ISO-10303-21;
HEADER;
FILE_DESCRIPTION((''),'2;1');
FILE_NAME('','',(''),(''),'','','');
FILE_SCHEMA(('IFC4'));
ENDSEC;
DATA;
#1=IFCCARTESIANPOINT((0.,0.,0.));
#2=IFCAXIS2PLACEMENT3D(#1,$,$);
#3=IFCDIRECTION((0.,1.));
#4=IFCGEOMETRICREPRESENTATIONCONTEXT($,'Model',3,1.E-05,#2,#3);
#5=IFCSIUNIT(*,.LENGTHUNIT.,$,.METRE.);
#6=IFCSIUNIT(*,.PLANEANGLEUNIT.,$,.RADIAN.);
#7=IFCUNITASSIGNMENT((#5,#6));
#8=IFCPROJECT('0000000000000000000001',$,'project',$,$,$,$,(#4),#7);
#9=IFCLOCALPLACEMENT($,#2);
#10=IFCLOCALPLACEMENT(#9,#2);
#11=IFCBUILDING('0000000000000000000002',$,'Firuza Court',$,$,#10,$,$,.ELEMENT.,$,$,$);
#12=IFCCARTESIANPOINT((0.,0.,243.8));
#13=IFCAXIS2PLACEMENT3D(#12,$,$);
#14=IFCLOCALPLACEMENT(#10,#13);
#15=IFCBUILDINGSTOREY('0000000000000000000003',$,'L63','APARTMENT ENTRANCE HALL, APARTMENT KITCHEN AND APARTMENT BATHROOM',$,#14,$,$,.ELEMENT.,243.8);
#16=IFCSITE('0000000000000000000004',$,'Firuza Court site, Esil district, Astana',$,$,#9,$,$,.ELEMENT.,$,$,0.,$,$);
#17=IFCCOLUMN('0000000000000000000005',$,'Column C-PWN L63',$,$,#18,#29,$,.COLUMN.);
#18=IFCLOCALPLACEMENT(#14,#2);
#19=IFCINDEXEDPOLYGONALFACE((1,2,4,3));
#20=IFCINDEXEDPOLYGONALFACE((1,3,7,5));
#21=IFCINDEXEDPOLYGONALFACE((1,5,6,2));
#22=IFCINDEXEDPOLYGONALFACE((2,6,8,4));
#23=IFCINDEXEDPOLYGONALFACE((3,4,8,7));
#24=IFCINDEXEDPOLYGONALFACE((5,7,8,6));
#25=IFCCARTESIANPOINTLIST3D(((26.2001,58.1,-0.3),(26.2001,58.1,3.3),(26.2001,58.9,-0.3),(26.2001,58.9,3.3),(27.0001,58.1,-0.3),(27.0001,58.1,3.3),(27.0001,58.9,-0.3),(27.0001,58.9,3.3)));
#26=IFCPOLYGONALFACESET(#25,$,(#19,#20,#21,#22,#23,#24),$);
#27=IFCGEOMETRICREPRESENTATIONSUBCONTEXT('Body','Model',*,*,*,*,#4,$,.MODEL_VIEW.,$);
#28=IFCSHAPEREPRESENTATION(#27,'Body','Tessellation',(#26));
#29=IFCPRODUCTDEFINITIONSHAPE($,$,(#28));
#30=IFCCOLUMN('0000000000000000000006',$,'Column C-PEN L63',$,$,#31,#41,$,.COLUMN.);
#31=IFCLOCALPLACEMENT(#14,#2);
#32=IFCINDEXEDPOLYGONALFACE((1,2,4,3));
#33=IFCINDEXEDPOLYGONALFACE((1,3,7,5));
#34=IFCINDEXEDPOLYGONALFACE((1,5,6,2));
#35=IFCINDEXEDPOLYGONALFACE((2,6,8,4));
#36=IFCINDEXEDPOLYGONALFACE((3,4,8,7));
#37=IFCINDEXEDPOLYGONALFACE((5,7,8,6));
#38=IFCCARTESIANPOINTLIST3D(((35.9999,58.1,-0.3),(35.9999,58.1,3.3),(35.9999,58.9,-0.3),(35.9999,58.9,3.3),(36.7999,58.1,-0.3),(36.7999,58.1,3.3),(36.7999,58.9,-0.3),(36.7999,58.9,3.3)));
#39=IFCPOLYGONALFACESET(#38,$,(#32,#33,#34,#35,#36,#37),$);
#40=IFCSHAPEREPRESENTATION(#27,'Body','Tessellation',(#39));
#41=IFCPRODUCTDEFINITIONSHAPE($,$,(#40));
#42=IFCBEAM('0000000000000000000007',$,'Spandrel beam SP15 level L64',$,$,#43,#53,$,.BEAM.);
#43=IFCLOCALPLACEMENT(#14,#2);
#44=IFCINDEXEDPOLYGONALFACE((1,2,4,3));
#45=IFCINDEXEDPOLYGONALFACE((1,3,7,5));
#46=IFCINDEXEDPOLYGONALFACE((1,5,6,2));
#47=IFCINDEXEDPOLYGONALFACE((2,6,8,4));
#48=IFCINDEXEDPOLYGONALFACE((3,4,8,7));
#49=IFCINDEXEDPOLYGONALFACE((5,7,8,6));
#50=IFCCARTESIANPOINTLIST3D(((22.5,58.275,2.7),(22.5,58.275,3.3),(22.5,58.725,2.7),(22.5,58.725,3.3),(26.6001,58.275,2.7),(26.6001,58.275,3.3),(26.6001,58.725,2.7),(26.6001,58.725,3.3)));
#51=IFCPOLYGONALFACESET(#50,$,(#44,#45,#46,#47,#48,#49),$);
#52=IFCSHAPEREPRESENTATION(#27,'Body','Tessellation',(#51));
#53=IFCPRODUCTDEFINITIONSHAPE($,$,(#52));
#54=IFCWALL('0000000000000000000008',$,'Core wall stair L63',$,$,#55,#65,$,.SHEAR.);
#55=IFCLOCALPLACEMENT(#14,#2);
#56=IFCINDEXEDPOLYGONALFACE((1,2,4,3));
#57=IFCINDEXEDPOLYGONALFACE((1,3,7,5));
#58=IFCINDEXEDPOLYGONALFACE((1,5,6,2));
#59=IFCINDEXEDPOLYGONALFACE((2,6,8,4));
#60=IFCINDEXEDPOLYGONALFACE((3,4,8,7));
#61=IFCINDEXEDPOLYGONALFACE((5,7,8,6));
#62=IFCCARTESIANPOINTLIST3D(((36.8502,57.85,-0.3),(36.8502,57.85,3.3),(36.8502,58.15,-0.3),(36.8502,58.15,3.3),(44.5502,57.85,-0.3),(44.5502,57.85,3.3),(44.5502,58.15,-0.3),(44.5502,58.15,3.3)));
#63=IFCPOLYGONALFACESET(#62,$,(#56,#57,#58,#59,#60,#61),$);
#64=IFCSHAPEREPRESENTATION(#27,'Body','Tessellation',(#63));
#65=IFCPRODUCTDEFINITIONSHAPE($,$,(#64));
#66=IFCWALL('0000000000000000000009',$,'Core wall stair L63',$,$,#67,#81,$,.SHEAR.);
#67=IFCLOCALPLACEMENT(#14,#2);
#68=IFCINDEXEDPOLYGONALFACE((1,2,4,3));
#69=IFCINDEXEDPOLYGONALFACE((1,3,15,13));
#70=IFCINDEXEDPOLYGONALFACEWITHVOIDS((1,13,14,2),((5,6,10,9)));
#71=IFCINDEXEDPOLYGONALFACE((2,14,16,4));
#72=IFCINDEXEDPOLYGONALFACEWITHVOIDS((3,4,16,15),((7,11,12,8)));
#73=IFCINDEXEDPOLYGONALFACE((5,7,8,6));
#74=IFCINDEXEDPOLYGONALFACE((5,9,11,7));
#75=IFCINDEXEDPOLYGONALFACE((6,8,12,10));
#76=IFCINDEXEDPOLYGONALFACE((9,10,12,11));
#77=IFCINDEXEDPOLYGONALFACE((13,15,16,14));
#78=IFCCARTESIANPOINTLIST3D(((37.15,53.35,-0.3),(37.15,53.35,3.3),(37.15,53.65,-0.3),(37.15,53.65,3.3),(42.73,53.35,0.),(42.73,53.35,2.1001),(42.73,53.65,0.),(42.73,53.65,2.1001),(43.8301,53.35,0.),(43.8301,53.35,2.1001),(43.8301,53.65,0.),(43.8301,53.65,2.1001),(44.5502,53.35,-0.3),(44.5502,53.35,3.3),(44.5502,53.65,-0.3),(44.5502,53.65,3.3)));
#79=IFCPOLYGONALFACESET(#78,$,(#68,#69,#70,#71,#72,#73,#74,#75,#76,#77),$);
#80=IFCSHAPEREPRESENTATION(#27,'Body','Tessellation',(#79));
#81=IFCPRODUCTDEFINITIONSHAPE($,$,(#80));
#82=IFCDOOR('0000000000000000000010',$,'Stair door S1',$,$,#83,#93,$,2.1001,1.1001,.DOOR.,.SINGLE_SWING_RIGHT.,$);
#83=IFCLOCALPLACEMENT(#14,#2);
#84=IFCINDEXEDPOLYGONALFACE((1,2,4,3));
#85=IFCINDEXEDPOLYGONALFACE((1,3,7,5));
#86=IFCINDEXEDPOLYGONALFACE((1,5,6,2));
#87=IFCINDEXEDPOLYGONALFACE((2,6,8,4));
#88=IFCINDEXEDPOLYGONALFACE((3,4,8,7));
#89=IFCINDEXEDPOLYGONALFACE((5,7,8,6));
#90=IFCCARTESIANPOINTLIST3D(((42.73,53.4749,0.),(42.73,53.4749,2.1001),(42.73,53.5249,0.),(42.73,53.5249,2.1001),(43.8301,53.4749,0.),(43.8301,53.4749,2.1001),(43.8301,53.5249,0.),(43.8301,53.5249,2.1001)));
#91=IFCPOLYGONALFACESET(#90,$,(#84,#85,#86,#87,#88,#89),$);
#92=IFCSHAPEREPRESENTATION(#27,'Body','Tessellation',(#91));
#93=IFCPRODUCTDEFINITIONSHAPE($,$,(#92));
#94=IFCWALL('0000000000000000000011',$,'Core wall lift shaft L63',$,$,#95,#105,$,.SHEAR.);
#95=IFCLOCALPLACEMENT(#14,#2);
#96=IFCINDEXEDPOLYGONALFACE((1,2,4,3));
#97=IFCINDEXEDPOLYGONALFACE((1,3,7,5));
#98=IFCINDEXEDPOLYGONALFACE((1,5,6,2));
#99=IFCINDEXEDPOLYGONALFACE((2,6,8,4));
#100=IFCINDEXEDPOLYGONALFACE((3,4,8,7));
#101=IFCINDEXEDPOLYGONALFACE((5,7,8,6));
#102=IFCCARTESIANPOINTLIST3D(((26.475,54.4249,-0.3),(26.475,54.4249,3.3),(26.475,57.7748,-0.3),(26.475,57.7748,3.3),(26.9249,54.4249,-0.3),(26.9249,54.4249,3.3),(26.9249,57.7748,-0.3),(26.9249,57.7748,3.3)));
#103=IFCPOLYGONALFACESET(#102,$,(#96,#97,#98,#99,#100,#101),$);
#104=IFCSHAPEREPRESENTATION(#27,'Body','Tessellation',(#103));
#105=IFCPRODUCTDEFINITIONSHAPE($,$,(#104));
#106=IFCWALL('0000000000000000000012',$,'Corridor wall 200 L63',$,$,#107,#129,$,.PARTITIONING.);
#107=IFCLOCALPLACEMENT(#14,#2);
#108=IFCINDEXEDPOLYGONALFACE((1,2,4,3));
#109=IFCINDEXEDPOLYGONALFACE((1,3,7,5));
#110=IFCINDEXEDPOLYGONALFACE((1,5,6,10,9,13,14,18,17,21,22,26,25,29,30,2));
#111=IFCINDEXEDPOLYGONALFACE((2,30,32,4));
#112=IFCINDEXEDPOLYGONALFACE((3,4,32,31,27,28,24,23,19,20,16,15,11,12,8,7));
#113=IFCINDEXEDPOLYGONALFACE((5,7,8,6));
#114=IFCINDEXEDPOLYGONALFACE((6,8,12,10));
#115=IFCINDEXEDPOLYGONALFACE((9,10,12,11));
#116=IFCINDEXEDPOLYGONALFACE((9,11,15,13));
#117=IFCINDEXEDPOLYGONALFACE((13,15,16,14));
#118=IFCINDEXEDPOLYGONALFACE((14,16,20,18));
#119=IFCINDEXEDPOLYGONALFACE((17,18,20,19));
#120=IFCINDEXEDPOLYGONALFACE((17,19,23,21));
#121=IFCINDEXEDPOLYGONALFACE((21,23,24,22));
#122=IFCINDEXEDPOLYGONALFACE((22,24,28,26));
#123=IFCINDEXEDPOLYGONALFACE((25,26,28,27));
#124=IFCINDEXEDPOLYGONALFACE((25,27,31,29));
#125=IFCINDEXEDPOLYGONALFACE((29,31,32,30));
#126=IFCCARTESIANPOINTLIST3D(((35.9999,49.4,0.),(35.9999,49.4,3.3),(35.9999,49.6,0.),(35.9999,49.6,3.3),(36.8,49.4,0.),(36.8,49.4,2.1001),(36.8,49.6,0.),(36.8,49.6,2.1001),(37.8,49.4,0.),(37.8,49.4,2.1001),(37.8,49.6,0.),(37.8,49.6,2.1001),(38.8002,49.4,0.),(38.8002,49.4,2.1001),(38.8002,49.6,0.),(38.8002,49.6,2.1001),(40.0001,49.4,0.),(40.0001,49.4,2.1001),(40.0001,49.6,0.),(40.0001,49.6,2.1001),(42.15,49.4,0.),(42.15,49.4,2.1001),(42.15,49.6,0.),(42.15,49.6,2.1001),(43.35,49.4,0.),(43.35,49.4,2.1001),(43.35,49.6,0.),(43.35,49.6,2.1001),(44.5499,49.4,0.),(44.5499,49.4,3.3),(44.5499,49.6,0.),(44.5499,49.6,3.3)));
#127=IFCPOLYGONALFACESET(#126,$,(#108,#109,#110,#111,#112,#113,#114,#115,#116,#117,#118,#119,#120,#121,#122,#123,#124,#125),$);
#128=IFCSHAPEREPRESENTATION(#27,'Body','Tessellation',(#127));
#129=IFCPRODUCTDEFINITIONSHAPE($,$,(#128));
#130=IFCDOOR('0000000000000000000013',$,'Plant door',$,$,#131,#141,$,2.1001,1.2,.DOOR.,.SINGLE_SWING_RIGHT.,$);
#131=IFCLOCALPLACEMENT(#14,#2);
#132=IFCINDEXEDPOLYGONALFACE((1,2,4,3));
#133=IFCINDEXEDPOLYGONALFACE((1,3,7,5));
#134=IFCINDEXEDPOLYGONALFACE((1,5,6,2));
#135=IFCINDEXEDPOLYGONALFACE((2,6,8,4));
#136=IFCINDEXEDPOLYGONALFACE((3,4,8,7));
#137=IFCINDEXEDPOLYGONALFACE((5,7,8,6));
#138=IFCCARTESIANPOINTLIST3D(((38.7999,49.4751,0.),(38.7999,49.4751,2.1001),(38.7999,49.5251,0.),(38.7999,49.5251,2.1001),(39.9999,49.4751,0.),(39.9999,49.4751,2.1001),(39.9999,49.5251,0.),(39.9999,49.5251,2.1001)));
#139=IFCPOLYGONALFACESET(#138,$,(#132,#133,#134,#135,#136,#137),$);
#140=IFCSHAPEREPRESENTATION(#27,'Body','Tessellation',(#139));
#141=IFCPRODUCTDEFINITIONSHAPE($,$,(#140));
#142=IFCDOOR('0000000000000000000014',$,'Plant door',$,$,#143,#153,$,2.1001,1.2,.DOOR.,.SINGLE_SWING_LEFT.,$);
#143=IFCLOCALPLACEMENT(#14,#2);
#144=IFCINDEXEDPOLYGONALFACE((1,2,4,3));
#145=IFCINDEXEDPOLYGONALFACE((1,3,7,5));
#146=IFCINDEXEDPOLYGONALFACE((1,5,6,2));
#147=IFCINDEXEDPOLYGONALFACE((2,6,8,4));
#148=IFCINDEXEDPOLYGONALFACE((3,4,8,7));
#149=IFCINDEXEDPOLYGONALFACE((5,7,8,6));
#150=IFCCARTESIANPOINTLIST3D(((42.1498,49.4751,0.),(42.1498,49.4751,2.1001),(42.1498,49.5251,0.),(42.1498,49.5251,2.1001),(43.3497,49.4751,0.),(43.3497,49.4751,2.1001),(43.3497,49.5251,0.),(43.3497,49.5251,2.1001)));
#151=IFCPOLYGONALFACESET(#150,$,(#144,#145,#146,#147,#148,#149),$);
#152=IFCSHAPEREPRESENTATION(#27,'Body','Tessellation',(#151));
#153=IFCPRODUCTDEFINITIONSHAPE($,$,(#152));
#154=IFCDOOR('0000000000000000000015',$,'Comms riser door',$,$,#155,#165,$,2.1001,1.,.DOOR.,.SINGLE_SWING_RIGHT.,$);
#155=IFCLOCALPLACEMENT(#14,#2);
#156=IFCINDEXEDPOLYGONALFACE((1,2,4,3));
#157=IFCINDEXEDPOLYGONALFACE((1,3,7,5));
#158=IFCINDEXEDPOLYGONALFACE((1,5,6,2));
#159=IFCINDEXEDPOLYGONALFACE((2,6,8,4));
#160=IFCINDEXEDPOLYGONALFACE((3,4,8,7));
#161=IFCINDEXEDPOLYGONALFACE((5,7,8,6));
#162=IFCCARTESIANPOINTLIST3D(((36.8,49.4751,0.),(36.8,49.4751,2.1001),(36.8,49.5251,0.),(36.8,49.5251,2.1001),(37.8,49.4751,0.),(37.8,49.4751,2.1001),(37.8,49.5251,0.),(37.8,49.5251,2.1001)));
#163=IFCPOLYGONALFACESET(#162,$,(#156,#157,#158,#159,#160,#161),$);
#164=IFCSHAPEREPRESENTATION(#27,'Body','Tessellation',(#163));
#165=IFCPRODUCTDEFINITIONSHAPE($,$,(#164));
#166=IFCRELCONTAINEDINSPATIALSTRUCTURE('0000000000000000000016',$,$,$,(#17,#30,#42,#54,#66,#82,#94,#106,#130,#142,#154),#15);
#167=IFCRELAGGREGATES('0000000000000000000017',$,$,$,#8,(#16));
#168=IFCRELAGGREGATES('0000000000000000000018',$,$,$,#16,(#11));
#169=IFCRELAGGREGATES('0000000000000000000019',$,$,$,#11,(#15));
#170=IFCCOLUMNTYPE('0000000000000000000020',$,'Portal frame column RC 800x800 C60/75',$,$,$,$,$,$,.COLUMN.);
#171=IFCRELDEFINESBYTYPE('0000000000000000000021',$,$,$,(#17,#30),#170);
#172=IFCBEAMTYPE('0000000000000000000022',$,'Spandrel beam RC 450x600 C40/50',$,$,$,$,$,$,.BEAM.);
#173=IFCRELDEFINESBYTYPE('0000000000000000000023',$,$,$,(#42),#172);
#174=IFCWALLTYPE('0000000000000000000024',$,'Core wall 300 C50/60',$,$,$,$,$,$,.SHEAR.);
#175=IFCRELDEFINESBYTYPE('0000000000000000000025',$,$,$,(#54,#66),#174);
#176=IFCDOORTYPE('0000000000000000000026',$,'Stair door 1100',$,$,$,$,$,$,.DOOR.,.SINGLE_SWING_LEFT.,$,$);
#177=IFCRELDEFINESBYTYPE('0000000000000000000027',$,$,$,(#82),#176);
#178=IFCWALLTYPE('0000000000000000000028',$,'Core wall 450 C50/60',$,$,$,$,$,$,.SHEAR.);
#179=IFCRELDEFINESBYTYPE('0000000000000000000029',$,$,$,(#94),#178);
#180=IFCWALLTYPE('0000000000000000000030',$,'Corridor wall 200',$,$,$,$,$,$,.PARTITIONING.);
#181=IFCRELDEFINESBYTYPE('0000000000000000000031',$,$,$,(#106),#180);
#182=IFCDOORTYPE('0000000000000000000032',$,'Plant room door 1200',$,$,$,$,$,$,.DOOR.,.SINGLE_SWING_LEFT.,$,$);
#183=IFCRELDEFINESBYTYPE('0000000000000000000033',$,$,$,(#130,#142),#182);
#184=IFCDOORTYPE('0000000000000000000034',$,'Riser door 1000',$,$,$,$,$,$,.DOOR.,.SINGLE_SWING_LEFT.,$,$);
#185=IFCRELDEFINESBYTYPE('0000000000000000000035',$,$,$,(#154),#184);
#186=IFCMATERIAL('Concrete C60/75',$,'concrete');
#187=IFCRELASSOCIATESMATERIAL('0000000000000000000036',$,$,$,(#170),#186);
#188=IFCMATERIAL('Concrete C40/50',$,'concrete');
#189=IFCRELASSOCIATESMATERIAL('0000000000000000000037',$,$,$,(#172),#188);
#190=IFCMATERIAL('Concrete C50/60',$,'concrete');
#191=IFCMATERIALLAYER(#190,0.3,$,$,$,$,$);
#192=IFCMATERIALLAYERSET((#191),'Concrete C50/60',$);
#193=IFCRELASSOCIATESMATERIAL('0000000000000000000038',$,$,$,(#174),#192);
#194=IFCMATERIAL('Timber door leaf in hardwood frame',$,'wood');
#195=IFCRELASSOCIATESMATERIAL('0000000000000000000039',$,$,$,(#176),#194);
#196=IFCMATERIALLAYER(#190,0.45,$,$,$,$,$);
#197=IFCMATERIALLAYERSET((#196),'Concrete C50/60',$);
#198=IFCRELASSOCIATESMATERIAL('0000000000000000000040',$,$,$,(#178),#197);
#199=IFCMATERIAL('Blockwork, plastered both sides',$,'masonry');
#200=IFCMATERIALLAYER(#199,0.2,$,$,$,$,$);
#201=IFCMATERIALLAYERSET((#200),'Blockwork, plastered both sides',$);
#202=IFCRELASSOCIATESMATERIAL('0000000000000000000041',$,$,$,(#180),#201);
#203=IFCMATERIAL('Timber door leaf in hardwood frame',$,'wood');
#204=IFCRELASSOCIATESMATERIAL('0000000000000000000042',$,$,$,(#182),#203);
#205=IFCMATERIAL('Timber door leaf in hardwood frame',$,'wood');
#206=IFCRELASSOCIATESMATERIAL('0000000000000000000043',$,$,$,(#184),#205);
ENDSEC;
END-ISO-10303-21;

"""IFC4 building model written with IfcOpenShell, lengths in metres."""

from ifc_helpers import new_model, si_unit, direction, frame, frame_2d, origin, origin_2d, place, context, subcontext, project, spatial, rectangle, extrude, material, layer, layer_set, material_profile, profile_set, type_object, element, fill, save


model = new_model("IFC4")

# Units and contexts
model_context = context("Model", 3, precision=1e-05, world=origin(), true_north=direction((0.0, 1.0)))
body_context = subcontext(model_context, "Body", "Model", "MODEL_VIEW")
ifc_project = project(units=[si_unit("LENGTHUNIT", "METRE"), si_unit("PLANEANGLEUNIT", "RADIAN")], contexts=[model_context])

# Site, building, storey
site_placement = place(None, origin())
site = spatial("IfcSite", under=ifc_project, at=site_placement, Name="Firuza Court site, Esil district, Astana", CompositionType="ELEMENT", RefElevation=0.0)
building_placement = place(site_placement, origin())
building = spatial("IfcBuilding", under=site, at=building_placement, Name="Firuza Court", CompositionType="ELEMENT")
storey_placement = place(building_placement, frame((0.0, 0.0, 243.8)))
storey = spatial("IfcBuildingStorey", under=building, at=storey_placement, Name="L63", Description="APARTMENT ENTRANCE HALL, APARTMENT KITCHEN AND APARTMENT BATHROOM", CompositionType="ELEMENT", Elevation=243.8)

# Columns
ifc_material_1 = material(Name="Concrete C60/75", Category="concrete")
ifc_material_profile_1 = material_profile(ifc_material_1, rectangle(XDim=0.8, YDim=0.8, at=origin_2d()), Name="RC 800x800")
ifc_profile_set_1 = profile_set([ifc_material_profile_1], Name="Concrete C60/75")
column_type = type_object("IfcColumnType", Name="Portal frame column RC 800x800 C60/75", PredefinedType="COLUMN", material=ifc_profile_set_1)
for number, where, z_axis, x_axis, name in (
    (1, (26.6001, 58.5, -0.3), (0.0, 0.0, 1.0), (1.0, 0.0, 0.0), "Column C-PWN L63"),
    (2, (36.3999, 58.5, -0.3), (0.0, 0.0, 1.0), (1.0, 0.0, 0.0), "Column C-PEN L63"),
):
    element("IfcColumn", number, at=place(storey_placement, frame(where, z_axis=z_axis, x_axis=x_axis)), inside=storey, type_object=column_type, Name=name, PredefinedType="COLUMN", context=body_context, shape_type="SweptSolid", body=[
        extrude(rectangle(XDim=0.8, YDim=0.8, at=origin_2d()), origin(), (0.0, 0.0, 1.0), 3.6001),
    ])

# Beam
ifc_material_2 = material(Name="Concrete C40/50", Category="concrete")
ifc_material_profile_2 = material_profile(ifc_material_2, rectangle(XDim=0.45, YDim=0.6001, at=origin_2d()), Name="RC 450x600")
ifc_profile_set_2 = profile_set([ifc_material_profile_2], Name="Concrete C40/50")
beam_type = type_object("IfcBeamType", Name="Spandrel beam RC 450x600 C40/50", PredefinedType="BEAM", material=ifc_profile_set_2)
beam_placement = place(storey_placement, frame((26.6001, 58.5, 3.0), z_axis=(-1.0, 0.0, 0.0), x_axis=(0.0, -1.0, 0.0)))
element("IfcBeam", 3, at=beam_placement, inside=storey, type_object=beam_type, Name="Spandrel beam SP15 level L64", PredefinedType="BEAM", context=body_context, shape_type="SweptSolid", body=[
    extrude(rectangle(XDim=0.45, YDim=0.6001, at=origin_2d()), origin(), (0.0, 0.0, 1.0), 4.1001),
])

# Wall
ifc_material_3 = material(Name="Concrete C50/60", Category="concrete")
ifc_layer_1 = layer(ifc_material_3, 0.3)
ifc_layer_set_1 = layer_set([ifc_layer_1], Name="Concrete C50/60")
wall_type_1 = type_object("IfcWallType", Name="Core wall 300 C50/60", PredefinedType="SHEAR", material=ifc_layer_set_1)
wall_1_placement = place(storey_placement, frame((36.8501, 58.0, -0.3), z_axis=(0.0, 0.0, 1.0), x_axis=(1.0, 0.0, 0.0)))
element("IfcWall", 4, at=wall_1_placement, inside=storey, type_object=wall_type_1, Name="Core wall stair L63", PredefinedType="SHEAR", context=body_context, shape_type="SweptSolid", body=[
    extrude(rectangle(XDim=7.7, YDim=0.3, at=frame_2d((3.8501, 0.0))), origin(), (0.0, 0.0, 1.0), 3.6001),
])

# Wall, opening, door
wall_2_placement = place(storey_placement, frame((37.1499, 53.5, -0.3), z_axis=(0.0, 0.0, 1.0), x_axis=(1.0, 0.0, 0.0)))
wall_2 = element("IfcWall", 5, at=wall_2_placement, inside=storey, type_object=wall_type_1, Name="Core wall stair L63", PredefinedType="SHEAR", context=body_context, shape_type="SweptSolid", body=[
    extrude(rectangle(XDim=7.4001, YDim=0.3, at=frame_2d((3.7002, 0.0))), origin(), (0.0, 0.0, 1.0), 3.6001),
])
opening_1_placement = place(wall_2_placement, frame((5.5801, 0.0, 0.3)))
opening_1 = element("IfcOpeningElement", 6, at=opening_1_placement, cuts=wall_2, PredefinedType="OPENING", context=body_context, shape_type="SweptSolid", body=[
    extrude(rectangle(XDim=1.1001, YDim=2.1001, at=frame_2d((0.55, 1.05))), frame((0.0, 0.1621, 0.0), z_axis=(0.0, -1.0, 0.0), x_axis=(1.0, 0.0, 0.0)), (0.0, 0.0, 1.0), 0.324),
])
ifc_material_4 = material(Name="Timber door leaf in hardwood frame", Category="wood")
door_type_1 = type_object("IfcDoorType", Name="Stair door 1100", OperationType="SINGLE_SWING_LEFT", PredefinedType="DOOR", material=ifc_material_4)
door_1_placement = place(opening_1_placement, origin())
door_1 = element("IfcDoor", 7, at=door_1_placement, inside=storey, type_object=door_type_1, Name="Stair door S1", OperationType="SINGLE_SWING_RIGHT", OverallHeight=2.1001, OverallWidth=1.1001, PredefinedType="DOOR", context=body_context, shape_type="SweptSolid", body=[
    extrude(rectangle(XDim=1.1001, YDim=2.1001, at=frame_2d((0.55, 1.05))), frame((0.0, 0.0249, 0.0), z_axis=(0.0, -1.0, 0.0), x_axis=(1.0, 0.0, 0.0)), (0.0, 0.0, 1.0), 0.05),
])
fill(opening_1, door_1)

# Wall
ifc_layer_2 = layer(ifc_material_3, 0.45)
ifc_layer_set_2 = layer_set([ifc_layer_2], Name="Concrete C50/60")
wall_type_2 = type_object("IfcWallType", Name="Core wall 450 C50/60", PredefinedType="SHEAR", material=ifc_layer_set_2)
wall_3_placement = place(storey_placement, frame((26.7, 54.425, -0.3), z_axis=(0.0, 0.0, 1.0), x_axis=(0.0, 1.0, 0.0)))
element("IfcWall", 8, at=wall_3_placement, inside=storey, type_object=wall_type_2, Name="Core wall lift shaft L63", PredefinedType="SHEAR", context=body_context, shape_type="SweptSolid", body=[
    extrude(rectangle(XDim=3.3499, YDim=0.45, at=frame_2d((1.6748, 0.0))), origin(), (0.0, 0.0, 1.0), 3.6001),
])

# Wall, openings, doors
ifc_material_5 = material(Name="Blockwork, plastered both sides", Category="masonry")
ifc_layer_3 = layer(ifc_material_5, 0.2)
ifc_layer_set_3 = layer_set([ifc_layer_3], Name="Blockwork, plastered both sides")
wall_type_3 = type_object("IfcWallType", Name="Corridor wall 200", PredefinedType="PARTITIONING", material=ifc_layer_set_3)
wall_4_placement = place(storey_placement, frame((36.0, 49.5, 0.0), z_axis=(0.0, 0.0, 1.0), x_axis=(1.0, 0.0, 0.0)))
wall_4 = element("IfcWall", 9, at=wall_4_placement, inside=storey, type_object=wall_type_3, Name="Corridor wall 200 L63", PredefinedType="PARTITIONING", context=body_context, shape_type="SweptSolid", body=[
    extrude(rectangle(XDim=8.55, YDim=0.2, at=frame_2d((4.2749, 0.0))), origin(), (0.0, 0.0, 1.0), 3.3),
])
opening_2_placement = place(wall_4_placement, frame((2.8, 0.0, 0.0)))
opening_2 = element("IfcOpeningElement", 10, at=opening_2_placement, cuts=wall_4, PredefinedType="OPENING", context=body_context, shape_type="SweptSolid", body=[
    extrude(rectangle(XDim=1.2, YDim=2.1001, at=frame_2d((0.6001, 1.05))), frame((0.0, 0.1118, 0.0), z_axis=(0.0, -1.0, 0.0), x_axis=(1.0, 0.0, 0.0)), (0.0, 0.0, 1.0), 0.2239),
])
opening_3_placement = place(wall_4_placement, frame((6.1499, 0.0, 0.0)))
opening_3 = element("IfcOpeningElement", 11, at=opening_3_placement, cuts=wall_4, PredefinedType="OPENING", context=body_context, shape_type="SweptSolid", body=[
    extrude(rectangle(XDim=1.2, YDim=2.1001, at=frame_2d((0.6001, 1.05))), frame((0.0, 0.1118, 0.0), z_axis=(0.0, -1.0, 0.0), x_axis=(1.0, 0.0, 0.0)), (0.0, 0.0, 1.0), 0.2239),
])
opening_4_placement = place(wall_4_placement, frame((0.8, 0.0, 0.0)))
opening_4 = element("IfcOpeningElement", 12, at=opening_4_placement, cuts=wall_4, PredefinedType="OPENING", context=body_context, shape_type="SweptSolid", body=[
    extrude(rectangle(XDim=1.0, YDim=2.1001, at=frame_2d((0.5, 1.05))), frame((0.0, 0.1118, 0.0), z_axis=(0.0, -1.0, 0.0), x_axis=(1.0, 0.0, 0.0)), (0.0, 0.0, 1.0), 0.2239),
])
ifc_material_6 = material(Name="Timber door leaf in hardwood frame", Category="wood")
door_type_2 = type_object("IfcDoorType", Name="Plant room door 1200", OperationType="SINGLE_SWING_LEFT", PredefinedType="DOOR", material=ifc_material_6)
door_2_placement = place(opening_2_placement, frame((1.2, 0.0, 0.0), z_axis=(0.0, 0.0, 1.0), x_axis=(-1.0, 0.0, 0.0)))
door_2 = element("IfcDoor", 13, at=door_2_placement, inside=storey, type_object=door_type_2, Name="Plant door", OperationType="SINGLE_SWING_RIGHT", OverallHeight=2.1001, OverallWidth=1.2, PredefinedType="DOOR", context=body_context, shape_type="SweptSolid", body=[
    extrude(rectangle(XDim=1.2, YDim=2.1001, at=frame_2d((0.6001, 1.05))), frame((0.0, 0.0249, 0.0), z_axis=(0.0, -1.0, 0.0), x_axis=(1.0, 0.0, 0.0)), (0.0, 0.0, 1.0), 0.05),
])
fill(opening_2, door_2)
door_3_placement = place(opening_3_placement, frame((1.2, 0.0, 0.0), z_axis=(0.0, 0.0, 1.0), x_axis=(-1.0, 0.0, 0.0)))
door_3 = element("IfcDoor", 14, at=door_3_placement, inside=storey, type_object=door_type_2, Name="Plant door", OperationType="SINGLE_SWING_LEFT", OverallHeight=2.1001, OverallWidth=1.2, PredefinedType="DOOR", context=body_context, shape_type="SweptSolid", body=[
    extrude(rectangle(XDim=1.2, YDim=2.1001, at=frame_2d((0.6001, 1.05))), frame((0.0, 0.0249, 0.0), z_axis=(0.0, -1.0, 0.0), x_axis=(1.0, 0.0, 0.0)), (0.0, 0.0, 1.0), 0.05),
])
fill(opening_3, door_3)
ifc_material_7 = material(Name="Timber door leaf in hardwood frame", Category="wood")
door_type_3 = type_object("IfcDoorType", Name="Riser door 1000", OperationType="SINGLE_SWING_LEFT", PredefinedType="DOOR", material=ifc_material_7)
door_4_placement = place(opening_4_placement, frame((1.0, 0.0, 0.0), z_axis=(0.0, 0.0, 1.0), x_axis=(-1.0, 0.0, 0.0)))
door_4 = element("IfcDoor", 15, at=door_4_placement, inside=storey, type_object=door_type_3, Name="Comms riser door", OperationType="SINGLE_SWING_RIGHT", OverallHeight=2.1001, OverallWidth=1.0, PredefinedType="DOOR", context=body_context, shape_type="SweptSolid", body=[
    extrude(rectangle(XDim=1.0, YDim=2.1001, at=frame_2d((0.5, 1.05))), frame((0.0, 0.0249, 0.0), z_axis=(0.0, -1.0, 0.0), x_axis=(1.0, 0.0, 0.0)), (0.0, 0.0, 1.0), 0.05),
])
fill(opening_4, door_4)

save(model, "model.ifc")
